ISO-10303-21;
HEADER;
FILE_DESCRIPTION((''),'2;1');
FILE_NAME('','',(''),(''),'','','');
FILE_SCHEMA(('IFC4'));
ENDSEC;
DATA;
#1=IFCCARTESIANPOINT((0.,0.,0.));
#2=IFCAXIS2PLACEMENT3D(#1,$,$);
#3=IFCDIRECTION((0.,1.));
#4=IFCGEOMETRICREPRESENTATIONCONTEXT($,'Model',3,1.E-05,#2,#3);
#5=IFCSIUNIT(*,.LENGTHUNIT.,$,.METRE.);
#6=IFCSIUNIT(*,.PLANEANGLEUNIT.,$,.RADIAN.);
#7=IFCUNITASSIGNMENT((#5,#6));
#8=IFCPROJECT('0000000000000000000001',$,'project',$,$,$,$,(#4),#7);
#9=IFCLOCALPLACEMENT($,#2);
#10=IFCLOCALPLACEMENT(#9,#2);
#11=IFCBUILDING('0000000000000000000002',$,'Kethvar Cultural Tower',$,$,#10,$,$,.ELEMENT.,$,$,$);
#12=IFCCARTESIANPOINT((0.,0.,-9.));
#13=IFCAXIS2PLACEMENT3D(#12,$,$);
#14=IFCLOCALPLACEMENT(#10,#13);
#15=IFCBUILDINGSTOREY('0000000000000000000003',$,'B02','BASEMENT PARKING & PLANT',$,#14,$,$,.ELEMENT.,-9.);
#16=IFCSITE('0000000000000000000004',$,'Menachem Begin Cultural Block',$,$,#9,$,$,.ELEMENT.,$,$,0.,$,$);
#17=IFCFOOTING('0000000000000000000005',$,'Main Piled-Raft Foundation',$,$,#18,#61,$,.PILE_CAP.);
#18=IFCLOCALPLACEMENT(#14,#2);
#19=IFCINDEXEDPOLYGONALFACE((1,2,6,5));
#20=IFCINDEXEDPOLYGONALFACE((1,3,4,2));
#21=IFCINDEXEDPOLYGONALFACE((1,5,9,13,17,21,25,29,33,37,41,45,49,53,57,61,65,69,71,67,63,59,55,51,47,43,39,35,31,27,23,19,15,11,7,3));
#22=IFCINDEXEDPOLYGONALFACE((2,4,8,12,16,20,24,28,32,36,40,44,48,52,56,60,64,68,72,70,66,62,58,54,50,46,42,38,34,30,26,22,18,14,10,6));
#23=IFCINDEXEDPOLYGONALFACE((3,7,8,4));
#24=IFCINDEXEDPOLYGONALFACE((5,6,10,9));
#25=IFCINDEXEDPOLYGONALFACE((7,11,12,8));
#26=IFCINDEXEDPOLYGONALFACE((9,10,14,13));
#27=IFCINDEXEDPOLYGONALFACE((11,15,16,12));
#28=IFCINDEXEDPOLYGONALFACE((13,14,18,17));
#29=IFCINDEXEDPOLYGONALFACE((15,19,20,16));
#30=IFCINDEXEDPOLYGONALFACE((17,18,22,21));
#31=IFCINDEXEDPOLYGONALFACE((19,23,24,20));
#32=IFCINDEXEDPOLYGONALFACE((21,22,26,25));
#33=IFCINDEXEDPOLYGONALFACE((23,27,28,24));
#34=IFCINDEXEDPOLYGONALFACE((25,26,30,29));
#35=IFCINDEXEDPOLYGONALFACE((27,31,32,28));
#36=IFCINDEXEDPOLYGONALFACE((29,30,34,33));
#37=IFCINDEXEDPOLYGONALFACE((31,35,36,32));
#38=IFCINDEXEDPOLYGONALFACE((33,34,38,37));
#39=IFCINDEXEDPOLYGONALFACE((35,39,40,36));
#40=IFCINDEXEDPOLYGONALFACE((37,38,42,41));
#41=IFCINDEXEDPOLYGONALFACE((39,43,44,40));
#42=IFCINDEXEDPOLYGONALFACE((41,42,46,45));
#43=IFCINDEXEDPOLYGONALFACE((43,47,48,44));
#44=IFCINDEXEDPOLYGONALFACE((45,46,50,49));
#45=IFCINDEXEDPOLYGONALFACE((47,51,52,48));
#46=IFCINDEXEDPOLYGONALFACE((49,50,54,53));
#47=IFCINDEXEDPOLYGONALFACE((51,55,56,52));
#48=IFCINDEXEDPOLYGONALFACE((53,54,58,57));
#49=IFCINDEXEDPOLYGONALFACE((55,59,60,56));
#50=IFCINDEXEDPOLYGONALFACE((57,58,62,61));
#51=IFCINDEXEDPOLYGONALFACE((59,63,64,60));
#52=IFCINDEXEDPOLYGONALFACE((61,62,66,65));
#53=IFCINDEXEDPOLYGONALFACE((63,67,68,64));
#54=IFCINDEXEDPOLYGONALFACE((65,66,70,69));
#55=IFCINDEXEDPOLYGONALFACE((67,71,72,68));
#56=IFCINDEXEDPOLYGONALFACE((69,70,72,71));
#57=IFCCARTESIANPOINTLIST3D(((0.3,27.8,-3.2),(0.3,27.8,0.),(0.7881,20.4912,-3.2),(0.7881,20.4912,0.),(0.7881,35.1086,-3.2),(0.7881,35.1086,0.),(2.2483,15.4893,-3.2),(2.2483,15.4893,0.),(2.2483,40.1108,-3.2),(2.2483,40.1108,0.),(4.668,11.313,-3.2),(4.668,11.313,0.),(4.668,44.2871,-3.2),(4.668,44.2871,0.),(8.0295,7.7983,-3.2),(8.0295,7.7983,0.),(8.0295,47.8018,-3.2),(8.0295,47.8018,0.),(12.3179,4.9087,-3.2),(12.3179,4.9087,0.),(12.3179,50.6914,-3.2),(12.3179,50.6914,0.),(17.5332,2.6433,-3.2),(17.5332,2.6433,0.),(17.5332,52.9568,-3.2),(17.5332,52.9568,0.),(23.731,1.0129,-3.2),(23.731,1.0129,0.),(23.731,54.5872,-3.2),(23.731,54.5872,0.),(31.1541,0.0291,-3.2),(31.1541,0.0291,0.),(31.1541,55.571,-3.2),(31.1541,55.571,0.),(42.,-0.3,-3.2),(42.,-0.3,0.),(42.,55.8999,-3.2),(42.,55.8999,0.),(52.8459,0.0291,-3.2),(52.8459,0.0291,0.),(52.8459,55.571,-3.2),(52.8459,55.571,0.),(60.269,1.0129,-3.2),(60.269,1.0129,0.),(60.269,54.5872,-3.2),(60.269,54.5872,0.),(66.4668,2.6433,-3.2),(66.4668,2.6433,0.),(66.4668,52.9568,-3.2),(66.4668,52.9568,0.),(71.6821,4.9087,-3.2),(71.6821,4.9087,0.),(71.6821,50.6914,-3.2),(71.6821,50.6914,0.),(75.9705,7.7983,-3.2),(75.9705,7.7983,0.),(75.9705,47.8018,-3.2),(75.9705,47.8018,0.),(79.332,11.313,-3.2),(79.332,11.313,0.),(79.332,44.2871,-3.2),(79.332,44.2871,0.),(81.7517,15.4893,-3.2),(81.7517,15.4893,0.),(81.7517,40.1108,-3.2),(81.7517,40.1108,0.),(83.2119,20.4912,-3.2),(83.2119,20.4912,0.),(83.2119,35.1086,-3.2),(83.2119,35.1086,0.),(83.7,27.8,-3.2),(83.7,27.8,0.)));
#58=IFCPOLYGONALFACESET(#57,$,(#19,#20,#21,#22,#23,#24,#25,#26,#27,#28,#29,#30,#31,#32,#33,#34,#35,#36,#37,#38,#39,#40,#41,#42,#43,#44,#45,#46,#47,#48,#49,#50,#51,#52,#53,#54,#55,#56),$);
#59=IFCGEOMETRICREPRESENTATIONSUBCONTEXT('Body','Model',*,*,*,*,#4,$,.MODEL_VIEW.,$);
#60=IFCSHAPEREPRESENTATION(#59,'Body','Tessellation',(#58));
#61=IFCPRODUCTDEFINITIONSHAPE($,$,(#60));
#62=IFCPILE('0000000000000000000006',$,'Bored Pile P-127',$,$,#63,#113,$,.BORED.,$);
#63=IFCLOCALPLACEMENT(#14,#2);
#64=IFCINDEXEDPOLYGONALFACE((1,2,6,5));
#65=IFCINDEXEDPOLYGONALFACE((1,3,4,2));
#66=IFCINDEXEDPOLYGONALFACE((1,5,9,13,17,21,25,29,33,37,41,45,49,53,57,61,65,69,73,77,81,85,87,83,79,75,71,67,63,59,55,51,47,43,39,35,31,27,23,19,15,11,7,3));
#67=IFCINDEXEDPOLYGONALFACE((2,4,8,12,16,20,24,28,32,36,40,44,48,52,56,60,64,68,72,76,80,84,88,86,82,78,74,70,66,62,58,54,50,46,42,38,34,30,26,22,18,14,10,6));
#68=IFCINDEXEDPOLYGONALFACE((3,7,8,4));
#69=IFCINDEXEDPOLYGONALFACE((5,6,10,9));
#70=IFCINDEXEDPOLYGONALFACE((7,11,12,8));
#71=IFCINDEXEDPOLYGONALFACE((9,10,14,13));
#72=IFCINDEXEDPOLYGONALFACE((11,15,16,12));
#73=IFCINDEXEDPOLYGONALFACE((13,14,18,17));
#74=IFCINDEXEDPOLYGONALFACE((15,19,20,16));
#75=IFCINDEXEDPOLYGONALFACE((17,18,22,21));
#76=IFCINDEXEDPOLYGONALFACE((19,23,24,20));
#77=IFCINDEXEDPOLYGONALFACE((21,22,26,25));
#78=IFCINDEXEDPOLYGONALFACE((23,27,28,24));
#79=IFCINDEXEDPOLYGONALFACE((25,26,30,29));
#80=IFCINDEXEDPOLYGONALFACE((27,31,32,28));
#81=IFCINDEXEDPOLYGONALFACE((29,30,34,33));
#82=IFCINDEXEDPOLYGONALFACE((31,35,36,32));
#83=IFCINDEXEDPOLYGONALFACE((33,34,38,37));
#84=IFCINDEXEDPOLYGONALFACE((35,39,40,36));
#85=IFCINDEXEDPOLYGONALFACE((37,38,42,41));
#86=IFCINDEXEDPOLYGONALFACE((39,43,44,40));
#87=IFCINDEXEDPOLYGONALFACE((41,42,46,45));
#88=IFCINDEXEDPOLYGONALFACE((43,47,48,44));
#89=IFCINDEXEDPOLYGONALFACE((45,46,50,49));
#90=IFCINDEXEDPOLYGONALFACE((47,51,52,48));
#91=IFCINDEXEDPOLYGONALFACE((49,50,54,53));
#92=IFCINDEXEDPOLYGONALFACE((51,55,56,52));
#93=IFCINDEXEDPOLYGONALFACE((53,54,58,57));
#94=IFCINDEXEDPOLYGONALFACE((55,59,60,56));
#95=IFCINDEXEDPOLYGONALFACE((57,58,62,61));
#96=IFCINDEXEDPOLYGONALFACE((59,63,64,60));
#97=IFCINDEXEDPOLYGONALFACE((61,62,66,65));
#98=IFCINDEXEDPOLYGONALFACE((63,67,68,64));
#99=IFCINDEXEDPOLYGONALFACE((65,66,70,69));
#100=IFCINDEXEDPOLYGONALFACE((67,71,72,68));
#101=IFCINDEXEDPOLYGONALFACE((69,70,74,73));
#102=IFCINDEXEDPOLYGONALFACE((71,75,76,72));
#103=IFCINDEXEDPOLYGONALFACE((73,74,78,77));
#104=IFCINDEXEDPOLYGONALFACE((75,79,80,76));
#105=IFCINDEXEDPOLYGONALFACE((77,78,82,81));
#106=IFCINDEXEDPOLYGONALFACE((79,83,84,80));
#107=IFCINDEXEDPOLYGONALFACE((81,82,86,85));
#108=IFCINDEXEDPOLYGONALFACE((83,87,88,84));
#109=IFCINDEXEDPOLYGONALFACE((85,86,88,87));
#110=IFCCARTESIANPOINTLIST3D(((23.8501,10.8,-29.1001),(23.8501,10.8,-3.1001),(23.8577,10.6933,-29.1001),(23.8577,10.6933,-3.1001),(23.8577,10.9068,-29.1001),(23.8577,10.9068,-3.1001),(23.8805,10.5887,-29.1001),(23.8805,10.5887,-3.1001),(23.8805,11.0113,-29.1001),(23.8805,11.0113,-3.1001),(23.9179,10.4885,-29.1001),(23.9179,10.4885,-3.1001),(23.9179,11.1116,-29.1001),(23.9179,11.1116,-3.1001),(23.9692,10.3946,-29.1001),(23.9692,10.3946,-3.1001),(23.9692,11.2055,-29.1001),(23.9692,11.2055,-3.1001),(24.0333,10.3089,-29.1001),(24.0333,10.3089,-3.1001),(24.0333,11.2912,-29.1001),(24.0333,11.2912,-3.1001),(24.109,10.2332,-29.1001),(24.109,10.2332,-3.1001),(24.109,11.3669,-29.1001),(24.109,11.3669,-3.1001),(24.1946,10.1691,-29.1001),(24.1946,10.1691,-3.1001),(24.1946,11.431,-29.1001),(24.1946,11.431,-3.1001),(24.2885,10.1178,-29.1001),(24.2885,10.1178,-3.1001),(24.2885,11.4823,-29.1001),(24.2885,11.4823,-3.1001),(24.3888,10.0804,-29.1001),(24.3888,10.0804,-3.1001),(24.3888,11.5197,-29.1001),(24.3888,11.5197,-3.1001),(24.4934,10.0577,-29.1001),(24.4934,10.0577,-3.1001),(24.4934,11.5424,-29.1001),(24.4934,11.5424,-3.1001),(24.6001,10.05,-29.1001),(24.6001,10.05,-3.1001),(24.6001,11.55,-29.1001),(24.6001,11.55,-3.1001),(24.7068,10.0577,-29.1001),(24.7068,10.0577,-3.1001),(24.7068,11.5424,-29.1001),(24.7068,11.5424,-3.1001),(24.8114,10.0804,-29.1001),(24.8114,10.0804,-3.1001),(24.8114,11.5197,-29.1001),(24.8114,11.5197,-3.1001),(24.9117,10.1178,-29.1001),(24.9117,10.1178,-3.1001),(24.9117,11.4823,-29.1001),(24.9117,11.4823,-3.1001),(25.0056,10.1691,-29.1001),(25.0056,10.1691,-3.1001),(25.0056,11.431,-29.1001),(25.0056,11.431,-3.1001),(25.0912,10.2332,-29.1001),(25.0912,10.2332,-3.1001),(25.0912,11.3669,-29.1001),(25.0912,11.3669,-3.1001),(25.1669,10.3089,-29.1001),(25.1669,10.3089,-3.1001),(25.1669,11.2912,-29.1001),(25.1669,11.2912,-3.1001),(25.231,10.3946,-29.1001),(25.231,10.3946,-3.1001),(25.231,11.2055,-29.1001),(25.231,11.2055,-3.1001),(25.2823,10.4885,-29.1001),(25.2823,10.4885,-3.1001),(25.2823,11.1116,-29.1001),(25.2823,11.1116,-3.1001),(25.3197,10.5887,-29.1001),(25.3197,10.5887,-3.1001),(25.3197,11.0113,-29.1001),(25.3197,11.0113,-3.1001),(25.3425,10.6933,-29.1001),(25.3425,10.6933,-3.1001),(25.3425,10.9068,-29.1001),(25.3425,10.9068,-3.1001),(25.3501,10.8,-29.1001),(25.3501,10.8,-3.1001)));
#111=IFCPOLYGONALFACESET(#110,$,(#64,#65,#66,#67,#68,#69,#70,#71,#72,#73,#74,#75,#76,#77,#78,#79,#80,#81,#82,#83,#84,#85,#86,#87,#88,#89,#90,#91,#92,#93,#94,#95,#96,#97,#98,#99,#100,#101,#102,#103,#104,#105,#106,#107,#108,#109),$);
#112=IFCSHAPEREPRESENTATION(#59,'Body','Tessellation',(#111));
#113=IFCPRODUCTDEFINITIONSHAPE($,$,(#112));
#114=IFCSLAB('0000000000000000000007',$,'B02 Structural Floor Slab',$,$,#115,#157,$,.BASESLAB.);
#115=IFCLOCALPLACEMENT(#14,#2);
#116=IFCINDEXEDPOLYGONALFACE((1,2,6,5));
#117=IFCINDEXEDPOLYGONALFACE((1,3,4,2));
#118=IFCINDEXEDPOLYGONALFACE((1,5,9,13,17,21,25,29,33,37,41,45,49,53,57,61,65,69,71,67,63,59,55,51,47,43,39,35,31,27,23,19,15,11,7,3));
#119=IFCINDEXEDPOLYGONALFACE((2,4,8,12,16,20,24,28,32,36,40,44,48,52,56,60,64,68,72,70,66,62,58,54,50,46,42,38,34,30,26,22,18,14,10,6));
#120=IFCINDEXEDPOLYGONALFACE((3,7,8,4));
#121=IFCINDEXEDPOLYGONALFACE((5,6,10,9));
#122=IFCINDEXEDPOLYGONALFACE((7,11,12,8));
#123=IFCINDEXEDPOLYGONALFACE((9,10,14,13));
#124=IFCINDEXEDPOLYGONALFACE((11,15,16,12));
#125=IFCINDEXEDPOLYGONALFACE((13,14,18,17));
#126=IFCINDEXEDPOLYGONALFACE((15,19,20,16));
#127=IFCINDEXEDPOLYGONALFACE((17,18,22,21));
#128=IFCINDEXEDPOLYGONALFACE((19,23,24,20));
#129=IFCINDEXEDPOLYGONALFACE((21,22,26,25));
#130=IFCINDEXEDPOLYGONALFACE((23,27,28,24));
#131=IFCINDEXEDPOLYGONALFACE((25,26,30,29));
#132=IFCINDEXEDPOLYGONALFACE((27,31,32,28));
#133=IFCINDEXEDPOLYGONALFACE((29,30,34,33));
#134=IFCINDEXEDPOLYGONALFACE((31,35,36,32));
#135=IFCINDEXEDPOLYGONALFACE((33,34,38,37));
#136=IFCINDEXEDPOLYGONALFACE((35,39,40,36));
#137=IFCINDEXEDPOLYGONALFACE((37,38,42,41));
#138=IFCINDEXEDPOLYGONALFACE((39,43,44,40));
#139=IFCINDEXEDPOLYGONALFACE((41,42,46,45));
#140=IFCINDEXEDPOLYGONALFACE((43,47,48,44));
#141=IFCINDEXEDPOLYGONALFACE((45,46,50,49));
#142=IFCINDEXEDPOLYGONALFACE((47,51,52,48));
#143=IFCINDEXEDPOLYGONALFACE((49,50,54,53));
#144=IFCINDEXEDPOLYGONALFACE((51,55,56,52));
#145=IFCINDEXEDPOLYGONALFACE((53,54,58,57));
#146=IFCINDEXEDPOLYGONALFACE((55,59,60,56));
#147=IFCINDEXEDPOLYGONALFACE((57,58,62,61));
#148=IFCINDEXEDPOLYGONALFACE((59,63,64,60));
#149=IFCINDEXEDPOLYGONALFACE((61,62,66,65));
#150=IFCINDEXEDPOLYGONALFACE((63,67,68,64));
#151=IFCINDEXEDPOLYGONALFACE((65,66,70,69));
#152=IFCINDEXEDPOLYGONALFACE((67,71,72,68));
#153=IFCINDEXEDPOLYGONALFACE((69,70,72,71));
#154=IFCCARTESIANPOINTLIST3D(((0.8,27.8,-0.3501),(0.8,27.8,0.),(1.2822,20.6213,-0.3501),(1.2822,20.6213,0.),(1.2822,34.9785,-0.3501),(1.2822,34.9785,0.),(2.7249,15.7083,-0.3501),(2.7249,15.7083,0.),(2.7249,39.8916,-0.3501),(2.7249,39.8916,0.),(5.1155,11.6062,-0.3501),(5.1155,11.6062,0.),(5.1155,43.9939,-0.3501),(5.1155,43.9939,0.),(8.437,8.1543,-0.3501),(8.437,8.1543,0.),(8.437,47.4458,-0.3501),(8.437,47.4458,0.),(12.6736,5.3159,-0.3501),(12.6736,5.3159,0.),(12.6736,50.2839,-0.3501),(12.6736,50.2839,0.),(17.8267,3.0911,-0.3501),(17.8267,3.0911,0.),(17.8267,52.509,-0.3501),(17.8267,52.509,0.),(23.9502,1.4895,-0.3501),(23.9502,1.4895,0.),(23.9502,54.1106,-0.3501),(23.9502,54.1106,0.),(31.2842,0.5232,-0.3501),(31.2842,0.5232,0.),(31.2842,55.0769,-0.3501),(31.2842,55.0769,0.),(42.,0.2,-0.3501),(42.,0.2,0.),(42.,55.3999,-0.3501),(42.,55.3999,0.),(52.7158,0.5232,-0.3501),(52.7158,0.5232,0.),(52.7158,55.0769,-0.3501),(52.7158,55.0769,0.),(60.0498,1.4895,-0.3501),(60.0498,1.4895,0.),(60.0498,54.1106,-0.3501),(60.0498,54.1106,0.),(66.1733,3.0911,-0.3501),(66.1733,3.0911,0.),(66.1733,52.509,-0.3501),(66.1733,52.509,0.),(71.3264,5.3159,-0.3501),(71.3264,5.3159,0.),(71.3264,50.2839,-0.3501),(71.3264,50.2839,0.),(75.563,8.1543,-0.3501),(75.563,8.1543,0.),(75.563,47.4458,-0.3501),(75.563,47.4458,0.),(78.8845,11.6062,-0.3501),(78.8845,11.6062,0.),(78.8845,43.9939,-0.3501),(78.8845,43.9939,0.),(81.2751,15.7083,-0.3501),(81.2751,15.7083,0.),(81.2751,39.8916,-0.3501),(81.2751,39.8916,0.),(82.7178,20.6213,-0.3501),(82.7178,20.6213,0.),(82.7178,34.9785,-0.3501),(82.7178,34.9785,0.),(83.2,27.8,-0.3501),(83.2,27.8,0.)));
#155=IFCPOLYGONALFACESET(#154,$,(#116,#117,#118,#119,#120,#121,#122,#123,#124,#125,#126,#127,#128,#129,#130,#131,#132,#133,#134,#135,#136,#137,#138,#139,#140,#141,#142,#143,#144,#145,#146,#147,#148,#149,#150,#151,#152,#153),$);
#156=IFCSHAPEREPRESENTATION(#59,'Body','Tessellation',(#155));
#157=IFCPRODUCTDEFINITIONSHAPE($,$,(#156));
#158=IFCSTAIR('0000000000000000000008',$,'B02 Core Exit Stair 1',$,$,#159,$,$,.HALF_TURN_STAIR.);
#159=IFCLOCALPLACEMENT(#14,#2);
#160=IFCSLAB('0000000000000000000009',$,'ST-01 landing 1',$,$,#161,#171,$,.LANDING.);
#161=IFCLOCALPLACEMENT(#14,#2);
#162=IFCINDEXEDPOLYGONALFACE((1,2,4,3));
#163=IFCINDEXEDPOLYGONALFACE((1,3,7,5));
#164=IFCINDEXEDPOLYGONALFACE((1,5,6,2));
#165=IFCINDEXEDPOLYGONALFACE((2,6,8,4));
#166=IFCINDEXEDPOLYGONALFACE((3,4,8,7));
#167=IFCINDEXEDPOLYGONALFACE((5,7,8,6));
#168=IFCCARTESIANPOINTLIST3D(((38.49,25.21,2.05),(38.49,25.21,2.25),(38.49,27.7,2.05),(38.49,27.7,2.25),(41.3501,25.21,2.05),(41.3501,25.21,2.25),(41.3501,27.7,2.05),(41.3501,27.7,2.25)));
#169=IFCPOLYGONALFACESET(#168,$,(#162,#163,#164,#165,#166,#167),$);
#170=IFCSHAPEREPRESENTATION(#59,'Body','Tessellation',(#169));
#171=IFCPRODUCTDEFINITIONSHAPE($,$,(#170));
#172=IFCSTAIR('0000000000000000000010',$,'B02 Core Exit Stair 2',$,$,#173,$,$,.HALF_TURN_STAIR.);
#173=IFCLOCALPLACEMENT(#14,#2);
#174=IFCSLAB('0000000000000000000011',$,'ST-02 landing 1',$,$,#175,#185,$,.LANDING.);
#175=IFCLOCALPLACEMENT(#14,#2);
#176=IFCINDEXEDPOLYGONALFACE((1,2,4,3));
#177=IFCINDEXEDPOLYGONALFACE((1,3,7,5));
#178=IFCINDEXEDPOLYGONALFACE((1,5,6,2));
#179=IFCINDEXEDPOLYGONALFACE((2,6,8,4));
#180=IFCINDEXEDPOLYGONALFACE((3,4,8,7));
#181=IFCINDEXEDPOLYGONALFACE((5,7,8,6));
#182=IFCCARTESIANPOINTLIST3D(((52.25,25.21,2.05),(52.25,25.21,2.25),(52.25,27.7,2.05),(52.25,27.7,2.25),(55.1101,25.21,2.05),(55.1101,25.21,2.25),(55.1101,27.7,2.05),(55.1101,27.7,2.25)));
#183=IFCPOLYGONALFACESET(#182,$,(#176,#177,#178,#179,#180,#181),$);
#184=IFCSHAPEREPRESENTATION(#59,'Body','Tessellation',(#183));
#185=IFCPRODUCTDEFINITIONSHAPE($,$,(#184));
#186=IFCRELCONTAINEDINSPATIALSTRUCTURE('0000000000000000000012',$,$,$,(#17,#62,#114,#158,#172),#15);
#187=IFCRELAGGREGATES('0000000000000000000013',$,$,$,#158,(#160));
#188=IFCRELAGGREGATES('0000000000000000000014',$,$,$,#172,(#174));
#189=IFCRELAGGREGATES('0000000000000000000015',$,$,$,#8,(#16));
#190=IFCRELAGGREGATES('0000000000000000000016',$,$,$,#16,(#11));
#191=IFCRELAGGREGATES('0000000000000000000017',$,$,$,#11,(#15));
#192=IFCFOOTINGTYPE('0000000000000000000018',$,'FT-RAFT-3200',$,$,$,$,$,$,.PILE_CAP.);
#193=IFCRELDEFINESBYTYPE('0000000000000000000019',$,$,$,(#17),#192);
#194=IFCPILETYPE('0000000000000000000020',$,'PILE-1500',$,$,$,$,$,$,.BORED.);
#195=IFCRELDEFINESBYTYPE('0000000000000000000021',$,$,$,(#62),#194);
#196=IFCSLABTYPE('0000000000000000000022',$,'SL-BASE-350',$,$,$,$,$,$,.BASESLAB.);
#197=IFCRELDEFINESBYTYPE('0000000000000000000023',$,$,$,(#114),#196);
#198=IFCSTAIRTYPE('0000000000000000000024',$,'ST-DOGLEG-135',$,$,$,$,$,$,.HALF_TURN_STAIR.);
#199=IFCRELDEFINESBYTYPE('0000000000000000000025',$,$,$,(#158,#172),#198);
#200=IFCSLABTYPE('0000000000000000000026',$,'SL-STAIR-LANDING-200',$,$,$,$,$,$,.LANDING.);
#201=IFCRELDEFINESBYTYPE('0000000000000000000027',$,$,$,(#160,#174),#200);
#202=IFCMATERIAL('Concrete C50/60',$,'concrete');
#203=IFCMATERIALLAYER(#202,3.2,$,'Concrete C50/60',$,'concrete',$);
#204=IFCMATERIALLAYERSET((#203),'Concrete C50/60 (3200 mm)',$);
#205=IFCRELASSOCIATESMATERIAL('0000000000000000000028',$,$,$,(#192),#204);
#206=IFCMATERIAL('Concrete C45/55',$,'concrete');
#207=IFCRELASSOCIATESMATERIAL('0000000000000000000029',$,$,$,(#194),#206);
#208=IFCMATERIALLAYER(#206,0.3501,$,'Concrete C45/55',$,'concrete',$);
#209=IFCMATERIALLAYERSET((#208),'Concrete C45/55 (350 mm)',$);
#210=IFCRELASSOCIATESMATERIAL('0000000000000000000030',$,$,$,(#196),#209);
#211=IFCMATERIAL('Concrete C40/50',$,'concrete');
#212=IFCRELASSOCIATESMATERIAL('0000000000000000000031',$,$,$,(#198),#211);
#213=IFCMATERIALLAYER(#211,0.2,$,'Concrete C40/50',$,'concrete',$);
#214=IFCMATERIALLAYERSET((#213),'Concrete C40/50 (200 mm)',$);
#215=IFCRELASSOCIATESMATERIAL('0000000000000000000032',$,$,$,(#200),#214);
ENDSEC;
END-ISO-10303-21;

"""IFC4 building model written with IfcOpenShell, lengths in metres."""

from ifc_helpers import new_model, si_unit, direction, frame, origin, origin_2d, place, context, subcontext, project, spatial, polyline, circle, outline, extrude, source, transform, mapped, material, layer, layer_set, material_profile, profile_set, type_object, element, aggregate, save


model = new_model("IFC4")

# Units and contexts
model_context = context("Model", 3, precision=1e-05, world=origin(), true_north=direction((0.0, 1.0)))
body_context = subcontext(model_context, "Body", "Model", "MODEL_VIEW")
ifc_project = project(units=[si_unit("LENGTHUNIT", "METRE"), si_unit("PLANEANGLEUNIT", "RADIAN")], contexts=[model_context])

# Site, building, storey
site_placement = place(None, origin())
site = spatial("IfcSite", under=ifc_project, at=site_placement, Name="Menachem Begin Cultural Block", CompositionType="ELEMENT", RefElevation=0.0)
building_placement = place(site_placement, origin())
building = spatial("IfcBuilding", under=site, at=building_placement, Name="Kethvar Cultural Tower", CompositionType="ELEMENT")
storey_placement = place(building_placement, frame((0.0, 0.0, -9.0)))
storey = spatial("IfcBuildingStorey", under=building, at=storey_placement, Name="B02", Description="BASEMENT PARKING & PLANT", CompositionType="ELEMENT", Elevation=-9.0)

# Footing
ifc_material_1 = material(Name="Concrete C50/60", Category="concrete")
ifc_layer_1 = layer(ifc_material_1, 3.2, Name="Concrete C50/60", Category="concrete")
ifc_layer_set_1 = layer_set([ifc_layer_1], Name="Concrete C50/60 (3200 mm)")
footing_type = type_object("IfcFootingType", Name="FT-RAFT-3200", PredefinedType="PILE_CAP", material=ifc_layer_set_1)
footing_placement = place(storey_placement, frame((0.0, 0.0, -3.2)))
element("IfcFooting", 1, at=footing_placement, inside=storey, type_object=footing_type, Name="Main Piled-Raft Foundation", PredefinedType="PILE_CAP", context=body_context, shape_type="SweptSolid", body=[
    extrude(outline(polyline([(83.7, 27.8), (83.2119, 35.1086), (81.7517, 40.1108), (79.332, 44.2871), (75.9705, 47.8018), (71.6821, 50.6914), (66.4668, 52.9568), (60.269, 54.5872), (52.8459, 55.571), (42.0, 55.8999), (31.1541, 55.571), (23.731, 54.5872), (17.5332, 52.9568), (12.3179, 50.6914), (8.0295, 47.8018), (4.668, 44.2871), (2.2483, 40.1108), (0.7881, 35.1086), (0.3, 27.8), (0.7881, 20.4912), (2.2483, 15.4893), (4.668, 11.313), (8.0295, 7.7983), (12.3179, 4.9087), (17.5332, 2.6433), (23.731, 1.0129), (31.1541, 0.0291), (42.0, -0.3), (52.8459, 0.0291), (60.269, 1.0129), (66.4668, 2.6433), (71.6821, 4.9087), (75.9705, 7.7983), (79.332, 11.313), (81.7517, 15.4893), (83.2119, 20.4912), (83.7, 27.8)])), origin(), (0.0, 0.0, 1.0), 3.2),
])

# Pile
ifc_material_2 = material(Name="Concrete C45/55", Category="concrete")
ifc_material_profile = material_profile(ifc_material_2, circle(Radius=0.75, at=origin_2d()), Name="Concrete C45/55 — PILE1500")
ifc_profile_set = profile_set([ifc_material_profile], Name="Concrete C45/55 — PILE1500")
pile_type = type_object("IfcPileType", Name="PILE-1500", PredefinedType="BORED", material=ifc_profile_set)
shared_shape_1 = source(origin(), body_context, "Body", "SweptSolid", [
    extrude(circle(Radius=0.75, at=origin_2d()), origin(), (0.0, 0.0, 1.0), 26.0),
])
pile_placement = place(storey_placement, frame((24.6001, 10.8, -3.1001), z_axis=(0.0, 0.0, -1.0), x_axis=(1.0, 0.0, 0.0)))
element("IfcPile", 2, at=pile_placement, inside=storey, type_object=pile_type, Name="Bored Pile P-127", PredefinedType="BORED", context=body_context, shape_type="MappedRepresentation", body=[
    mapped(shared_shape_1, transform((0.0, 0.0, 0.0), scale=1.0)),
])

# Slab
ifc_layer_2 = layer(ifc_material_2, 0.3501, Name="Concrete C45/55", Category="concrete")
ifc_layer_set_2 = layer_set([ifc_layer_2], Name="Concrete C45/55 (350 mm)")
slab_type_1 = type_object("IfcSlabType", Name="SL-BASE-350", PredefinedType="BASESLAB", material=ifc_layer_set_2)
slab_1_placement = place(storey_placement, frame((0.0, 0.0, -0.3501)))
element("IfcSlab", 3, at=slab_1_placement, inside=storey, type_object=slab_type_1, Name="B02 Structural Floor Slab", PredefinedType="BASESLAB", context=body_context, shape_type="SweptSolid", body=[
    extrude(outline(polyline([(83.2, 27.8), (82.7178, 34.9785), (81.2751, 39.8916), (78.8845, 43.9939), (75.563, 47.4458), (71.3264, 50.2839), (66.1733, 52.509), (60.0498, 54.1106), (52.7158, 55.0769), (42.0, 55.3999), (31.2842, 55.0769), (23.9502, 54.1106), (17.8267, 52.509), (12.6736, 50.2839), (8.437, 47.4458), (5.1155, 43.9939), (2.7249, 39.8916), (1.2822, 34.9785), (0.8, 27.8), (1.2822, 20.6213), (2.7249, 15.7083), (5.1155, 11.6062), (8.437, 8.1543), (12.6736, 5.3159), (17.8267, 3.0911), (23.9502, 1.4895), (31.2842, 0.5232), (42.0, 0.2), (52.7158, 0.5232), (60.0498, 1.4895), (66.1733, 3.0911), (71.3264, 5.3159), (75.563, 8.1543), (78.8845, 11.6062), (81.2751, 15.7083), (82.7178, 20.6213), (83.2, 27.8)])), origin(), (0.0, 0.0, 1.0), 0.3501),
])

# Stairs, slabs
ifc_material_3 = material(Name="Concrete C40/50", Category="concrete")
stair_type_1 = type_object("IfcStairType", Name="ST-DOGLEG-135", PredefinedType="HALF_TURN_STAIR", material=ifc_material_3)
stair_1_placement = place(storey_placement, origin())
stair_1 = element("IfcStair", 4, at=stair_1_placement, inside=storey, type_object=stair_type_1, Name="B02 Core Exit Stair 1", PredefinedType="HALF_TURN_STAIR")
ifc_layer_3 = layer(ifc_material_3, 0.2, Name="Concrete C40/50", Category="concrete")
ifc_layer_set_3 = layer_set([ifc_layer_3], Name="Concrete C40/50 (200 mm)")
slab_type_2 = type_object("IfcSlabType", Name="SL-STAIR-LANDING-200", PredefinedType="LANDING", material=ifc_layer_set_3)
slab_2_placement = place(storey_placement, frame((0.0, 0.0, 2.05)))
slab_2 = element("IfcSlab", 5, at=slab_2_placement, type_object=slab_type_2, Name="ST-01 landing 1", PredefinedType="LANDING", context=body_context, shape_type="SweptSolid", body=[
    extrude(outline(polyline([(41.3501, 25.21), (41.3501, 27.7), (38.49, 27.7), (38.49, 25.21), (41.3501, 25.21)])), origin(), (0.0, 0.0, 1.0), 0.2),
])
aggregate(stair_1, [slab_2])
stair_2_placement = place(storey_placement, origin())
stair_2 = element("IfcStair", 6, at=stair_2_placement, inside=storey, type_object=stair_type_1, Name="B02 Core Exit Stair 2", PredefinedType="HALF_TURN_STAIR")
slab_3_placement = place(storey_placement, frame((0.0, 0.0, 2.05)))
slab_3 = element("IfcSlab", 7, at=slab_3_placement, type_object=slab_type_2, Name="ST-02 landing 1", PredefinedType="LANDING", context=body_context, shape_type="SweptSolid", body=[
    extrude(outline(polyline([(55.1101, 25.21), (55.1101, 27.7), (52.25, 27.7), (52.25, 25.21), (55.1101, 25.21)])), origin(), (0.0, 0.0, 1.0), 0.2),
])
aggregate(stair_2, [slab_3])

save(model, "model.ifc")
